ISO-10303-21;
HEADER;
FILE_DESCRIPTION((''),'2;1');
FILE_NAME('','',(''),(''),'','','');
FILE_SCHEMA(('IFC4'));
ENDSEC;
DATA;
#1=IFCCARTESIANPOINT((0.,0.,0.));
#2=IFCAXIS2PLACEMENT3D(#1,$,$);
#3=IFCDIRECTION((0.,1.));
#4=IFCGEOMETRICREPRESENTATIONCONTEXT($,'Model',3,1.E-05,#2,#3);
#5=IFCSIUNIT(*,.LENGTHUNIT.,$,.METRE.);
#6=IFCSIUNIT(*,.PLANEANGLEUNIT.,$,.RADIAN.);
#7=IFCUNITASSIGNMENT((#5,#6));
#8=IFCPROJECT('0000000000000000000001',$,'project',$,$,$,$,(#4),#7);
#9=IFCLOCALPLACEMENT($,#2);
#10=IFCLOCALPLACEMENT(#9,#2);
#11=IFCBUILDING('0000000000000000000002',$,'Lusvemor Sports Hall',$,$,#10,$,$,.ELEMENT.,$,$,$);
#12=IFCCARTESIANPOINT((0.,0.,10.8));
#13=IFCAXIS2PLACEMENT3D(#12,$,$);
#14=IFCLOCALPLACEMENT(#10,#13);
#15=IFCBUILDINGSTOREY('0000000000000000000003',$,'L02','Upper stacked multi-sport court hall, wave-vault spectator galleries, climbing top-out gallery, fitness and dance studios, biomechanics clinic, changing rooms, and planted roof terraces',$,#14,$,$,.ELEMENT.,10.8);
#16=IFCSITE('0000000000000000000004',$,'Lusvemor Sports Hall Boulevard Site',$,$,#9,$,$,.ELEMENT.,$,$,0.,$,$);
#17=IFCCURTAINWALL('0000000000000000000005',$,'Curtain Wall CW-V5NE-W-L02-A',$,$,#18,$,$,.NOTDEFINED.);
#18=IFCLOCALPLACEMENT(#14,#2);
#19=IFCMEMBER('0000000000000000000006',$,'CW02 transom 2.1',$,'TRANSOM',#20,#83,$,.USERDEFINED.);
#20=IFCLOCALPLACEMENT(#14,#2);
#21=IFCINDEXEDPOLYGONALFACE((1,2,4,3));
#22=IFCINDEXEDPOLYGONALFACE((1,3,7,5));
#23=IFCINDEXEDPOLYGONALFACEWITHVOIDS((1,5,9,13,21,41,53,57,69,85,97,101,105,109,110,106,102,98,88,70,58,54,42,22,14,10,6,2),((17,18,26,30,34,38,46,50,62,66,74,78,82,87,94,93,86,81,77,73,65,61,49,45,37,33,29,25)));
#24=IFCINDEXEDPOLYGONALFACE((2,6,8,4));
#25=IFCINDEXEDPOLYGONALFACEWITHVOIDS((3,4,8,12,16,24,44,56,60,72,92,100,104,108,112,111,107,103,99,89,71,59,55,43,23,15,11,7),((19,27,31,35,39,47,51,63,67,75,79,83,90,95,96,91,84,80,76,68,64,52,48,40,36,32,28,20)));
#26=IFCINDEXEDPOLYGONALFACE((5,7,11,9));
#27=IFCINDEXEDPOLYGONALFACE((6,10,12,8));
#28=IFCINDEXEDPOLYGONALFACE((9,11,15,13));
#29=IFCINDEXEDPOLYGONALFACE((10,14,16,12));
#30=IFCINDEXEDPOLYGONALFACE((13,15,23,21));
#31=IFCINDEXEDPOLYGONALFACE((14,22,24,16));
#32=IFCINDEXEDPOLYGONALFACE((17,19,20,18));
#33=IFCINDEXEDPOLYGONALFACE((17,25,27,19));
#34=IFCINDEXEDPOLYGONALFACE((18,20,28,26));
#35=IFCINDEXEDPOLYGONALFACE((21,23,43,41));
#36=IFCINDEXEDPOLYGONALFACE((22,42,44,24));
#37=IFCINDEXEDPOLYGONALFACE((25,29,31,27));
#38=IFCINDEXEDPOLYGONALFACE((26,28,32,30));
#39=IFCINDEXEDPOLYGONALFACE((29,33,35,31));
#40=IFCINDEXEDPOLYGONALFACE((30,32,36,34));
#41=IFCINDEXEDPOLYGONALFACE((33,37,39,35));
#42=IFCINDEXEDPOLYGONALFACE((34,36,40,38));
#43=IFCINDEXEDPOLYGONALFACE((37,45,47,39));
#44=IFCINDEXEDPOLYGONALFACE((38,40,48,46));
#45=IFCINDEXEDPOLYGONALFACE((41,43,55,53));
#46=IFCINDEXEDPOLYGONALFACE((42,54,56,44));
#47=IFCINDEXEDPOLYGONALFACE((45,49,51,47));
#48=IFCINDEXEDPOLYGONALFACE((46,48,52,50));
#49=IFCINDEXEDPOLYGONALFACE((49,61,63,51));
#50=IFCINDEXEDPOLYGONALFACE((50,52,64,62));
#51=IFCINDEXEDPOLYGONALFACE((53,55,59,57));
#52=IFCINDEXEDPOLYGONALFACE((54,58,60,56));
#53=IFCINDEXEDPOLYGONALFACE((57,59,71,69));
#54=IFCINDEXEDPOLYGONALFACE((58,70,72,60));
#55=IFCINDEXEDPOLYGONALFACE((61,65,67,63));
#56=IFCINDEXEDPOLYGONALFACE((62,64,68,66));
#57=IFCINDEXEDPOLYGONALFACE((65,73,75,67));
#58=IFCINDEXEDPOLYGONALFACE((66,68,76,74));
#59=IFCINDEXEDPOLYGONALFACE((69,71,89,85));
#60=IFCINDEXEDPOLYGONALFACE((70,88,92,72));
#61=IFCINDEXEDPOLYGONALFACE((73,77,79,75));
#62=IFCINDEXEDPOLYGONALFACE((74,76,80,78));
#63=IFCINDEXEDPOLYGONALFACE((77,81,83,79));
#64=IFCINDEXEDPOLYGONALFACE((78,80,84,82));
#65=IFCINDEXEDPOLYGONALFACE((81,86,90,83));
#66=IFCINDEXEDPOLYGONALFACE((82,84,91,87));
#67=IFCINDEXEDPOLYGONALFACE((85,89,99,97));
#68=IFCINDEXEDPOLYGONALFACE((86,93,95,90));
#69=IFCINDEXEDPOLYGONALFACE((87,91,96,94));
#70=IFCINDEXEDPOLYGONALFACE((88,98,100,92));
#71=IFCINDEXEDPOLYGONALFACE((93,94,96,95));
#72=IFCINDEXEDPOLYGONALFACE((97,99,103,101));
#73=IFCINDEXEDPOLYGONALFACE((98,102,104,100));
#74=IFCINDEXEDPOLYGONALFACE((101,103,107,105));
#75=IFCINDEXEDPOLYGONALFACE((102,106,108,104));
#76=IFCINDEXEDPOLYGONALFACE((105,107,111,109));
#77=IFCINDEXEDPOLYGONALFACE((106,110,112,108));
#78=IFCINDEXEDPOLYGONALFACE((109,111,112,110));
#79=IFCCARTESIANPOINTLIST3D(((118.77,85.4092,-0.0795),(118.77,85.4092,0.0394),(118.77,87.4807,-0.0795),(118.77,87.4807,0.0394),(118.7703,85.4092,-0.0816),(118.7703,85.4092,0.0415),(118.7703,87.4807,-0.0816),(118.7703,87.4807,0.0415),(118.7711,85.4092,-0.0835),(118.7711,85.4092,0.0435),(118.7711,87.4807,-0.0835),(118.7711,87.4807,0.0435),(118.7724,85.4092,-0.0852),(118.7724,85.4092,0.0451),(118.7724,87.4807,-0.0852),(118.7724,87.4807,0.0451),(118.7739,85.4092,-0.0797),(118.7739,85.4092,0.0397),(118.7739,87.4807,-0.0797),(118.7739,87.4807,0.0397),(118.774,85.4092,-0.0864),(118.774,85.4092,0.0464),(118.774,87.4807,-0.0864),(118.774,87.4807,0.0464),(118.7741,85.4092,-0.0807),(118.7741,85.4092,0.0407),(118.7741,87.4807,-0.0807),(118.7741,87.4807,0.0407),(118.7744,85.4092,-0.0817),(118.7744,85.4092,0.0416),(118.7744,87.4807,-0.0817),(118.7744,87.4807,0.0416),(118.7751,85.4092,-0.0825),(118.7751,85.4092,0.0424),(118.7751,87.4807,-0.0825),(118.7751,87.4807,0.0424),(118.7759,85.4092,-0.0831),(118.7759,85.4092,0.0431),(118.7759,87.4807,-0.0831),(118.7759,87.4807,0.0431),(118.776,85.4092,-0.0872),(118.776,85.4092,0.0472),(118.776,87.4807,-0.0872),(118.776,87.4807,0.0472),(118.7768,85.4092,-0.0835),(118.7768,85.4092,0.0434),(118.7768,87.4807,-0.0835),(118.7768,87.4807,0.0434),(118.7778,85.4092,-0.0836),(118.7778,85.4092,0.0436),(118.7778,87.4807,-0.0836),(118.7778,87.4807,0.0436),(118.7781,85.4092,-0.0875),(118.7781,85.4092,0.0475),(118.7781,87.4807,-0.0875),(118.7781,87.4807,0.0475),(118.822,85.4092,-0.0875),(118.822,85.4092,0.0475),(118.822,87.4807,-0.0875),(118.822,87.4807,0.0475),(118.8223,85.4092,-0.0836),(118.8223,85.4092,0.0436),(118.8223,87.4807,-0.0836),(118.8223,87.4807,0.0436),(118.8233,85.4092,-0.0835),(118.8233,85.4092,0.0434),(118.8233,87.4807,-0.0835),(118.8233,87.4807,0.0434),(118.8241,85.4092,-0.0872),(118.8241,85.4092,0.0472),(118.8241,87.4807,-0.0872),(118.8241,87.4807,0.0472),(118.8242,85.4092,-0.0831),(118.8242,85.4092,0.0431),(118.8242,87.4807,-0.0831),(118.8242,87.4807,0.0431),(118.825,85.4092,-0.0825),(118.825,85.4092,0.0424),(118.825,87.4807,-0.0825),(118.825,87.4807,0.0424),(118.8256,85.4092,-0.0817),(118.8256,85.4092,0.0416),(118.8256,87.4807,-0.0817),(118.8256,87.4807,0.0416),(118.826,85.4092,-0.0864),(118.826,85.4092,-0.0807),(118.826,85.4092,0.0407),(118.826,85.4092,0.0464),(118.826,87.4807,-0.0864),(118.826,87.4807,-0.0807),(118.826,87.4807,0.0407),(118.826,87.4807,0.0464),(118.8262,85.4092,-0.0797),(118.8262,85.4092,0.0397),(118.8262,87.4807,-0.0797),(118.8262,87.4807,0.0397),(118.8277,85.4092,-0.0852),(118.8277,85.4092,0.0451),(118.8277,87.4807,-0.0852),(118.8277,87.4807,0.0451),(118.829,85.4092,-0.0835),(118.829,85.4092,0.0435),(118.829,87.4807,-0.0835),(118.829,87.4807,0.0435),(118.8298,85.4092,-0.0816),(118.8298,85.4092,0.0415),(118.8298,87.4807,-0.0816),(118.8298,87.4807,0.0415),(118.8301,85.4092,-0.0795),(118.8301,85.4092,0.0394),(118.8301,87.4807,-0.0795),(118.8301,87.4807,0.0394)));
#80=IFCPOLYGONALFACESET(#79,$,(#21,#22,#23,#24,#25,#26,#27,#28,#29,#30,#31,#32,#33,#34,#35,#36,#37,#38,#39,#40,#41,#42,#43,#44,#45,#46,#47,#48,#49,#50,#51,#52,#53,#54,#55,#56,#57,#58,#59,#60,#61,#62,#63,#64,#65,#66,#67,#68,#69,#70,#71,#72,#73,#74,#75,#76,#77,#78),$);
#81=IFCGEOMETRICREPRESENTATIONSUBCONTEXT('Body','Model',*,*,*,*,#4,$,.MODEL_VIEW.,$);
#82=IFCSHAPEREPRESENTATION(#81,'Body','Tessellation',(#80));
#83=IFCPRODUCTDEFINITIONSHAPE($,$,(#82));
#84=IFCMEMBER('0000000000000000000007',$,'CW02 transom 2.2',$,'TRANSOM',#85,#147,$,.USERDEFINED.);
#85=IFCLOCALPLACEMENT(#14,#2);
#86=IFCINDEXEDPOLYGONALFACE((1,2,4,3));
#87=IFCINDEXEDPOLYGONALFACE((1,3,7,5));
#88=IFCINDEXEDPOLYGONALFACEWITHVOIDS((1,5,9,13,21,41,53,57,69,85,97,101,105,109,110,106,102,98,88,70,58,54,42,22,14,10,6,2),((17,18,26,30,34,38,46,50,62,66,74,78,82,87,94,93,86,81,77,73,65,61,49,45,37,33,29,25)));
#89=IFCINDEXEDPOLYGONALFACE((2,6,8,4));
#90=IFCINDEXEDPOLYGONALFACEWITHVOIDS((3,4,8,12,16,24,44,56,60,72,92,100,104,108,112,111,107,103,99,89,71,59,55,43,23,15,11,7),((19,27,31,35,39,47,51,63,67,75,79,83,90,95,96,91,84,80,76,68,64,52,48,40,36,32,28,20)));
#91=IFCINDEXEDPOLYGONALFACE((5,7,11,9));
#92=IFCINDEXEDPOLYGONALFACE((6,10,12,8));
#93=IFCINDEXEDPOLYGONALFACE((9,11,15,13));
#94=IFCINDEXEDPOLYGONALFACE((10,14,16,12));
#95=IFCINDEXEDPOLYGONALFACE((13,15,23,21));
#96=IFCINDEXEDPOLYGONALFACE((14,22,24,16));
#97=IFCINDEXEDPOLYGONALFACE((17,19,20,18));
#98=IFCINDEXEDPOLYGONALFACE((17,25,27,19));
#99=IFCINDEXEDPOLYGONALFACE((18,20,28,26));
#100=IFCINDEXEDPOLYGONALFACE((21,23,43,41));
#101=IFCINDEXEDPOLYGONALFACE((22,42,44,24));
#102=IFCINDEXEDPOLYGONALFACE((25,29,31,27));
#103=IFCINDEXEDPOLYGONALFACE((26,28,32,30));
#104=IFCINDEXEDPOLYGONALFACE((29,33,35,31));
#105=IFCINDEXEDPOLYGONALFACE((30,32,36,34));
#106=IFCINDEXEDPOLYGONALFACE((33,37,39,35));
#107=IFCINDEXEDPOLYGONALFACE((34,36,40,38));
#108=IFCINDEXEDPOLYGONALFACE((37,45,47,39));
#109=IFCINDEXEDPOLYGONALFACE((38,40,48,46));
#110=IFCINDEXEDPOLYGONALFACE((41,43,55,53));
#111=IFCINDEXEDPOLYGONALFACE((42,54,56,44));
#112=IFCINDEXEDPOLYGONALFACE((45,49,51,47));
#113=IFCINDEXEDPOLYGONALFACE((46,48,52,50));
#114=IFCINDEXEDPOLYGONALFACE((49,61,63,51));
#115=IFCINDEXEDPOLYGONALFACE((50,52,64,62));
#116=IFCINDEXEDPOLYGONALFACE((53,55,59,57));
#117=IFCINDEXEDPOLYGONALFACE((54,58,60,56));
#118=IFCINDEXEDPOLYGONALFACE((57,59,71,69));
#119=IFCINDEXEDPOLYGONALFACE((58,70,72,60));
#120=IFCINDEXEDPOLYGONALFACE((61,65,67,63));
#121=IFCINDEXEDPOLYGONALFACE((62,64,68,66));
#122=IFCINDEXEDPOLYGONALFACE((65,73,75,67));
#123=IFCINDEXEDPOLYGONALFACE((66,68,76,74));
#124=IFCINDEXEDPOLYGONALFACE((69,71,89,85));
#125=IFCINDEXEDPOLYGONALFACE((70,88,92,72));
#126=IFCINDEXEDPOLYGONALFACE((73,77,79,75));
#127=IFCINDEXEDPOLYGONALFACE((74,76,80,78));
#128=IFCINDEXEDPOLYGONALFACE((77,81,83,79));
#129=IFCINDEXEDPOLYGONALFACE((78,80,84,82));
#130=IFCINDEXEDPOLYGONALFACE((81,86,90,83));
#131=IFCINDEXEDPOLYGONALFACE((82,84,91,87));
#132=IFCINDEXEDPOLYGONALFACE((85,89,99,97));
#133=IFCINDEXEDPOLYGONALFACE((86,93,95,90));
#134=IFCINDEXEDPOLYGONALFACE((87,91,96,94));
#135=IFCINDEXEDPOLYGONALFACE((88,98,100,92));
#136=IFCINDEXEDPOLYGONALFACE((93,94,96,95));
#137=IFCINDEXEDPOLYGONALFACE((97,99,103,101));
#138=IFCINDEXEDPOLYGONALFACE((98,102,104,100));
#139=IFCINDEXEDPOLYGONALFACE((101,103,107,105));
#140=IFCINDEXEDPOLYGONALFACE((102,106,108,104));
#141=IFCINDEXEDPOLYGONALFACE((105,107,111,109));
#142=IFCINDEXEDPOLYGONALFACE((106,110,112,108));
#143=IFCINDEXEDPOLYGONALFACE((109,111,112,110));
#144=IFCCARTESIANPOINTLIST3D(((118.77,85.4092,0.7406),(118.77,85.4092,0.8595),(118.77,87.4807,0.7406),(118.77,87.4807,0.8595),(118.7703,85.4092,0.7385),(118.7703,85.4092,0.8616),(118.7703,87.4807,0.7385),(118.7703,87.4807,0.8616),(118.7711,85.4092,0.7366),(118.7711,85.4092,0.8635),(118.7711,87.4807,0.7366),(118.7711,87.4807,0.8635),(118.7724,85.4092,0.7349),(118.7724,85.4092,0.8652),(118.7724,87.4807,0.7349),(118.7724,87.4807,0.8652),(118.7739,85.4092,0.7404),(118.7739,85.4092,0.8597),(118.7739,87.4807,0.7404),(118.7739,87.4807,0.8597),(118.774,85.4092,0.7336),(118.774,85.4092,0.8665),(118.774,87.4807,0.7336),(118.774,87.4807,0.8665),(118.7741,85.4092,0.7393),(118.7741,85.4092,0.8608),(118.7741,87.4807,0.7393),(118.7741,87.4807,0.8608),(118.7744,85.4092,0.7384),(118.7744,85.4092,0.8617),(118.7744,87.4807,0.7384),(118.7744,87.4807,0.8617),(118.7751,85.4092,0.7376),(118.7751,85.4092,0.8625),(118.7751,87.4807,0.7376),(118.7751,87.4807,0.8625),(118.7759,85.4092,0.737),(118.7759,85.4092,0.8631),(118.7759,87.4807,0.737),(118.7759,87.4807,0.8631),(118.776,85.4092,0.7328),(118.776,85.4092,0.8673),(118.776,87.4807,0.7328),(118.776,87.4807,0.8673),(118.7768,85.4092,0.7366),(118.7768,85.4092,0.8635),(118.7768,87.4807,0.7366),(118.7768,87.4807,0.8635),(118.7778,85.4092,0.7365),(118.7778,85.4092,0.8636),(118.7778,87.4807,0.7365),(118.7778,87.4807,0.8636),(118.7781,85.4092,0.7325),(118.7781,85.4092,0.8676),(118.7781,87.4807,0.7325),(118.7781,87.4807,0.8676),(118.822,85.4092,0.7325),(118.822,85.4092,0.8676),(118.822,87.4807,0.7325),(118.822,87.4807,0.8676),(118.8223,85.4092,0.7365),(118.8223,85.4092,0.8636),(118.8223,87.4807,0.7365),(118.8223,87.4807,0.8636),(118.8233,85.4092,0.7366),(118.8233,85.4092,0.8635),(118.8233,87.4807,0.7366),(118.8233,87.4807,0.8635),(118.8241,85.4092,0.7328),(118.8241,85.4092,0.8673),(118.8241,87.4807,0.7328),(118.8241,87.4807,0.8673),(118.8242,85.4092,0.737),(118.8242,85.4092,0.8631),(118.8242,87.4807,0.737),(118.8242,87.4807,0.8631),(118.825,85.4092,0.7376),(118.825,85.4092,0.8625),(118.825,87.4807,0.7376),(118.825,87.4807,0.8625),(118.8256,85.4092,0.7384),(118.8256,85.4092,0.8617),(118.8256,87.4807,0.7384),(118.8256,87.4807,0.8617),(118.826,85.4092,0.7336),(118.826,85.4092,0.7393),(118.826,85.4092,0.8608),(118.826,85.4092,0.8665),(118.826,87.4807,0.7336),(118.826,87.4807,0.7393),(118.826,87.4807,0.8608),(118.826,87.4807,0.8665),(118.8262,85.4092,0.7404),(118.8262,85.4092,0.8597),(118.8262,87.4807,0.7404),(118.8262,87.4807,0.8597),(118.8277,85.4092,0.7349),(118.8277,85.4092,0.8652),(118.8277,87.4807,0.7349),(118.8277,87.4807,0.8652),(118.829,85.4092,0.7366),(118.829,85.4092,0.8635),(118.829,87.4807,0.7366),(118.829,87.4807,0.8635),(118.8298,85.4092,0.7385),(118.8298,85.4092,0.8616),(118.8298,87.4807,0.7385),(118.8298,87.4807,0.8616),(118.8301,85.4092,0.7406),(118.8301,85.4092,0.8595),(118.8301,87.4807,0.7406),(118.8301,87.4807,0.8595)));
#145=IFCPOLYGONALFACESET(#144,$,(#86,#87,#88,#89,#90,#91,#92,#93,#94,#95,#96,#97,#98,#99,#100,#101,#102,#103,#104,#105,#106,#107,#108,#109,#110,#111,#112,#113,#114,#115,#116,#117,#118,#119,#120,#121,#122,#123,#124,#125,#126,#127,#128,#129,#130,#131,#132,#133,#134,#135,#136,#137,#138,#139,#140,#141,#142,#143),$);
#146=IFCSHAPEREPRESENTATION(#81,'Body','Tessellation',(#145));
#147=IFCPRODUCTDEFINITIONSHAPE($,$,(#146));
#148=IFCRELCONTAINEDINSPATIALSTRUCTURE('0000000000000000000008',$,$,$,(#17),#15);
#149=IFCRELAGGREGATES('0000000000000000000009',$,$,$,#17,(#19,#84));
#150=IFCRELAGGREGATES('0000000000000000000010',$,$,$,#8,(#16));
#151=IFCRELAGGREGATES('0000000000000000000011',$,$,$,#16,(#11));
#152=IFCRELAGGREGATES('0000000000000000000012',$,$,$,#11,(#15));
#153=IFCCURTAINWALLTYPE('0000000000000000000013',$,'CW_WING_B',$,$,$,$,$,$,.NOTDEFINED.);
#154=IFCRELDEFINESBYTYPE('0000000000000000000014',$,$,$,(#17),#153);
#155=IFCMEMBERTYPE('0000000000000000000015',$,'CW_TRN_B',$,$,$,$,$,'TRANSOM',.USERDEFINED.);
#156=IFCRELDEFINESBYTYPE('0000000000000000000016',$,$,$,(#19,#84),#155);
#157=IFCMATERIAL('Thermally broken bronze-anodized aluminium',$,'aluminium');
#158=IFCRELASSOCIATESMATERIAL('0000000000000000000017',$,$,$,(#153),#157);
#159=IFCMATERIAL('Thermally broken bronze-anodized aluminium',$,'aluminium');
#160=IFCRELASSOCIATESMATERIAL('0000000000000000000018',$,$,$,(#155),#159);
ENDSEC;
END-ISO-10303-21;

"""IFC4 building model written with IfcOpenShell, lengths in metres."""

from ifc_helpers import new_model, si_unit, direction, frame, origin, origin_2d, place, context, subcontext, project, spatial, hollow_rectangle, extrude, material, material_profile, profile_set, type_object, element, aggregate, save


model = new_model("IFC4")

# Units and contexts
model_context = context("Model", 3, precision=1e-05, world=origin(), true_north=direction((0.0, 1.0)))
body_context = subcontext(model_context, "Body", "Model", "MODEL_VIEW")
ifc_project = project(units=[si_unit("LENGTHUNIT", "METRE"), si_unit("PLANEANGLEUNIT", "RADIAN")], contexts=[model_context])

# Site, building, storey
site_placement = place(None, origin())
site = spatial("IfcSite", under=ifc_project, at=site_placement, Name="Lusvemor Sports Hall Boulevard Site", CompositionType="ELEMENT", RefElevation=0.0)
building_placement = place(site_placement, origin())
building = spatial("IfcBuilding", under=site, at=building_placement, Name="Lusvemor Sports Hall", CompositionType="ELEMENT")
storey_placement = place(building_placement, frame((0.0, 0.0, 10.8)))
storey = spatial("IfcBuildingStorey", under=building, at=storey_placement, Name="L02", Description="Upper stacked multi-sport court hall, wave-vault spectator galleries, climbing top-out gallery, fitness and dance studios, biomechanics clinic, changing rooms, and planted roof terraces", CompositionType="ELEMENT", Elevation=10.8)

# Curtain wall
ifc_material_1 = material(Name="Thermally broken bronze-anodized aluminium", Category="aluminium")
curtain_wall_type = type_object("IfcCurtainWallType", Name="CW_WING_B", PredefinedType="NOTDEFINED", material=ifc_material_1)
curtain_wall_1_placement = place(storey_placement, origin())
curtain_wall_1 = element("IfcCurtainWall", 1, at=curtain_wall_1_placement, inside=storey, type_object=curtain_wall_type, Name="Curtain Wall CW-V5NE-W-L02-A", PredefinedType="NOTDEFINED")

# Members
ifc_material_2 = material(Name="Thermally broken bronze-anodized aluminium", Category="aluminium")
ifc_material_profile_1 = material_profile(ifc_material_2, hollow_rectangle(XDim=0.0601, YDim=0.135, WallThickness=0.0039, InnerFilletRadius=0.0039, OuterFilletRadius=0.0081, at=origin_2d()), Name="CWTRN135x60x4")
ifc_profile_set_1 = profile_set([ifc_material_profile_1], Name="Thermally broken bronze-anodized aluminium")
member_type_1 = type_object("IfcMemberType", Name="CW_TRN_B", ElementType="TRANSOM", PredefinedType="USERDEFINED", material=ifc_profile_set_1)
member_1_placement = place(storey_placement, frame((118.8, 85.4092, -0.02), z_axis=(0.0, 1.0, 0.0), x_axis=(-1.0, 0.0, 0.0)))
member_1 = element("IfcMember", 2, at=member_1_placement, type_object=member_type_1, Name="CW02 transom 2.1", ObjectType="TRANSOM", PredefinedType="USERDEFINED", context=body_context, shape_type="SweptSolid", body=[
    extrude(hollow_rectangle(XDim=0.0601, YDim=0.135, WallThickness=0.0039, InnerFilletRadius=0.0039, OuterFilletRadius=0.0081, at=origin_2d()), origin(), (0.0, 0.0, 1.0), 2.0715),
])
member_2_placement = place(storey_placement, frame((118.8, 85.4092, 0.8), z_axis=(0.0, 1.0, 0.0), x_axis=(-1.0, 0.0, 0.0)))
member_2 = element("IfcMember", 3, at=member_2_placement, type_object=member_type_1, Name="CW02 transom 2.2", ObjectType="TRANSOM", PredefinedType="USERDEFINED", context=body_context, shape_type="SweptSolid", body=[
    extrude(hollow_rectangle(XDim=0.0601, YDim=0.135, WallThickness=0.0039, InnerFilletRadius=0.0039, OuterFilletRadius=0.0081, at=origin_2d()), origin(), (0.0, 0.0, 1.0), 2.0715),
])

aggregate(curtain_wall_1, [member_1, member_2])

save(model, "model.ifc")
